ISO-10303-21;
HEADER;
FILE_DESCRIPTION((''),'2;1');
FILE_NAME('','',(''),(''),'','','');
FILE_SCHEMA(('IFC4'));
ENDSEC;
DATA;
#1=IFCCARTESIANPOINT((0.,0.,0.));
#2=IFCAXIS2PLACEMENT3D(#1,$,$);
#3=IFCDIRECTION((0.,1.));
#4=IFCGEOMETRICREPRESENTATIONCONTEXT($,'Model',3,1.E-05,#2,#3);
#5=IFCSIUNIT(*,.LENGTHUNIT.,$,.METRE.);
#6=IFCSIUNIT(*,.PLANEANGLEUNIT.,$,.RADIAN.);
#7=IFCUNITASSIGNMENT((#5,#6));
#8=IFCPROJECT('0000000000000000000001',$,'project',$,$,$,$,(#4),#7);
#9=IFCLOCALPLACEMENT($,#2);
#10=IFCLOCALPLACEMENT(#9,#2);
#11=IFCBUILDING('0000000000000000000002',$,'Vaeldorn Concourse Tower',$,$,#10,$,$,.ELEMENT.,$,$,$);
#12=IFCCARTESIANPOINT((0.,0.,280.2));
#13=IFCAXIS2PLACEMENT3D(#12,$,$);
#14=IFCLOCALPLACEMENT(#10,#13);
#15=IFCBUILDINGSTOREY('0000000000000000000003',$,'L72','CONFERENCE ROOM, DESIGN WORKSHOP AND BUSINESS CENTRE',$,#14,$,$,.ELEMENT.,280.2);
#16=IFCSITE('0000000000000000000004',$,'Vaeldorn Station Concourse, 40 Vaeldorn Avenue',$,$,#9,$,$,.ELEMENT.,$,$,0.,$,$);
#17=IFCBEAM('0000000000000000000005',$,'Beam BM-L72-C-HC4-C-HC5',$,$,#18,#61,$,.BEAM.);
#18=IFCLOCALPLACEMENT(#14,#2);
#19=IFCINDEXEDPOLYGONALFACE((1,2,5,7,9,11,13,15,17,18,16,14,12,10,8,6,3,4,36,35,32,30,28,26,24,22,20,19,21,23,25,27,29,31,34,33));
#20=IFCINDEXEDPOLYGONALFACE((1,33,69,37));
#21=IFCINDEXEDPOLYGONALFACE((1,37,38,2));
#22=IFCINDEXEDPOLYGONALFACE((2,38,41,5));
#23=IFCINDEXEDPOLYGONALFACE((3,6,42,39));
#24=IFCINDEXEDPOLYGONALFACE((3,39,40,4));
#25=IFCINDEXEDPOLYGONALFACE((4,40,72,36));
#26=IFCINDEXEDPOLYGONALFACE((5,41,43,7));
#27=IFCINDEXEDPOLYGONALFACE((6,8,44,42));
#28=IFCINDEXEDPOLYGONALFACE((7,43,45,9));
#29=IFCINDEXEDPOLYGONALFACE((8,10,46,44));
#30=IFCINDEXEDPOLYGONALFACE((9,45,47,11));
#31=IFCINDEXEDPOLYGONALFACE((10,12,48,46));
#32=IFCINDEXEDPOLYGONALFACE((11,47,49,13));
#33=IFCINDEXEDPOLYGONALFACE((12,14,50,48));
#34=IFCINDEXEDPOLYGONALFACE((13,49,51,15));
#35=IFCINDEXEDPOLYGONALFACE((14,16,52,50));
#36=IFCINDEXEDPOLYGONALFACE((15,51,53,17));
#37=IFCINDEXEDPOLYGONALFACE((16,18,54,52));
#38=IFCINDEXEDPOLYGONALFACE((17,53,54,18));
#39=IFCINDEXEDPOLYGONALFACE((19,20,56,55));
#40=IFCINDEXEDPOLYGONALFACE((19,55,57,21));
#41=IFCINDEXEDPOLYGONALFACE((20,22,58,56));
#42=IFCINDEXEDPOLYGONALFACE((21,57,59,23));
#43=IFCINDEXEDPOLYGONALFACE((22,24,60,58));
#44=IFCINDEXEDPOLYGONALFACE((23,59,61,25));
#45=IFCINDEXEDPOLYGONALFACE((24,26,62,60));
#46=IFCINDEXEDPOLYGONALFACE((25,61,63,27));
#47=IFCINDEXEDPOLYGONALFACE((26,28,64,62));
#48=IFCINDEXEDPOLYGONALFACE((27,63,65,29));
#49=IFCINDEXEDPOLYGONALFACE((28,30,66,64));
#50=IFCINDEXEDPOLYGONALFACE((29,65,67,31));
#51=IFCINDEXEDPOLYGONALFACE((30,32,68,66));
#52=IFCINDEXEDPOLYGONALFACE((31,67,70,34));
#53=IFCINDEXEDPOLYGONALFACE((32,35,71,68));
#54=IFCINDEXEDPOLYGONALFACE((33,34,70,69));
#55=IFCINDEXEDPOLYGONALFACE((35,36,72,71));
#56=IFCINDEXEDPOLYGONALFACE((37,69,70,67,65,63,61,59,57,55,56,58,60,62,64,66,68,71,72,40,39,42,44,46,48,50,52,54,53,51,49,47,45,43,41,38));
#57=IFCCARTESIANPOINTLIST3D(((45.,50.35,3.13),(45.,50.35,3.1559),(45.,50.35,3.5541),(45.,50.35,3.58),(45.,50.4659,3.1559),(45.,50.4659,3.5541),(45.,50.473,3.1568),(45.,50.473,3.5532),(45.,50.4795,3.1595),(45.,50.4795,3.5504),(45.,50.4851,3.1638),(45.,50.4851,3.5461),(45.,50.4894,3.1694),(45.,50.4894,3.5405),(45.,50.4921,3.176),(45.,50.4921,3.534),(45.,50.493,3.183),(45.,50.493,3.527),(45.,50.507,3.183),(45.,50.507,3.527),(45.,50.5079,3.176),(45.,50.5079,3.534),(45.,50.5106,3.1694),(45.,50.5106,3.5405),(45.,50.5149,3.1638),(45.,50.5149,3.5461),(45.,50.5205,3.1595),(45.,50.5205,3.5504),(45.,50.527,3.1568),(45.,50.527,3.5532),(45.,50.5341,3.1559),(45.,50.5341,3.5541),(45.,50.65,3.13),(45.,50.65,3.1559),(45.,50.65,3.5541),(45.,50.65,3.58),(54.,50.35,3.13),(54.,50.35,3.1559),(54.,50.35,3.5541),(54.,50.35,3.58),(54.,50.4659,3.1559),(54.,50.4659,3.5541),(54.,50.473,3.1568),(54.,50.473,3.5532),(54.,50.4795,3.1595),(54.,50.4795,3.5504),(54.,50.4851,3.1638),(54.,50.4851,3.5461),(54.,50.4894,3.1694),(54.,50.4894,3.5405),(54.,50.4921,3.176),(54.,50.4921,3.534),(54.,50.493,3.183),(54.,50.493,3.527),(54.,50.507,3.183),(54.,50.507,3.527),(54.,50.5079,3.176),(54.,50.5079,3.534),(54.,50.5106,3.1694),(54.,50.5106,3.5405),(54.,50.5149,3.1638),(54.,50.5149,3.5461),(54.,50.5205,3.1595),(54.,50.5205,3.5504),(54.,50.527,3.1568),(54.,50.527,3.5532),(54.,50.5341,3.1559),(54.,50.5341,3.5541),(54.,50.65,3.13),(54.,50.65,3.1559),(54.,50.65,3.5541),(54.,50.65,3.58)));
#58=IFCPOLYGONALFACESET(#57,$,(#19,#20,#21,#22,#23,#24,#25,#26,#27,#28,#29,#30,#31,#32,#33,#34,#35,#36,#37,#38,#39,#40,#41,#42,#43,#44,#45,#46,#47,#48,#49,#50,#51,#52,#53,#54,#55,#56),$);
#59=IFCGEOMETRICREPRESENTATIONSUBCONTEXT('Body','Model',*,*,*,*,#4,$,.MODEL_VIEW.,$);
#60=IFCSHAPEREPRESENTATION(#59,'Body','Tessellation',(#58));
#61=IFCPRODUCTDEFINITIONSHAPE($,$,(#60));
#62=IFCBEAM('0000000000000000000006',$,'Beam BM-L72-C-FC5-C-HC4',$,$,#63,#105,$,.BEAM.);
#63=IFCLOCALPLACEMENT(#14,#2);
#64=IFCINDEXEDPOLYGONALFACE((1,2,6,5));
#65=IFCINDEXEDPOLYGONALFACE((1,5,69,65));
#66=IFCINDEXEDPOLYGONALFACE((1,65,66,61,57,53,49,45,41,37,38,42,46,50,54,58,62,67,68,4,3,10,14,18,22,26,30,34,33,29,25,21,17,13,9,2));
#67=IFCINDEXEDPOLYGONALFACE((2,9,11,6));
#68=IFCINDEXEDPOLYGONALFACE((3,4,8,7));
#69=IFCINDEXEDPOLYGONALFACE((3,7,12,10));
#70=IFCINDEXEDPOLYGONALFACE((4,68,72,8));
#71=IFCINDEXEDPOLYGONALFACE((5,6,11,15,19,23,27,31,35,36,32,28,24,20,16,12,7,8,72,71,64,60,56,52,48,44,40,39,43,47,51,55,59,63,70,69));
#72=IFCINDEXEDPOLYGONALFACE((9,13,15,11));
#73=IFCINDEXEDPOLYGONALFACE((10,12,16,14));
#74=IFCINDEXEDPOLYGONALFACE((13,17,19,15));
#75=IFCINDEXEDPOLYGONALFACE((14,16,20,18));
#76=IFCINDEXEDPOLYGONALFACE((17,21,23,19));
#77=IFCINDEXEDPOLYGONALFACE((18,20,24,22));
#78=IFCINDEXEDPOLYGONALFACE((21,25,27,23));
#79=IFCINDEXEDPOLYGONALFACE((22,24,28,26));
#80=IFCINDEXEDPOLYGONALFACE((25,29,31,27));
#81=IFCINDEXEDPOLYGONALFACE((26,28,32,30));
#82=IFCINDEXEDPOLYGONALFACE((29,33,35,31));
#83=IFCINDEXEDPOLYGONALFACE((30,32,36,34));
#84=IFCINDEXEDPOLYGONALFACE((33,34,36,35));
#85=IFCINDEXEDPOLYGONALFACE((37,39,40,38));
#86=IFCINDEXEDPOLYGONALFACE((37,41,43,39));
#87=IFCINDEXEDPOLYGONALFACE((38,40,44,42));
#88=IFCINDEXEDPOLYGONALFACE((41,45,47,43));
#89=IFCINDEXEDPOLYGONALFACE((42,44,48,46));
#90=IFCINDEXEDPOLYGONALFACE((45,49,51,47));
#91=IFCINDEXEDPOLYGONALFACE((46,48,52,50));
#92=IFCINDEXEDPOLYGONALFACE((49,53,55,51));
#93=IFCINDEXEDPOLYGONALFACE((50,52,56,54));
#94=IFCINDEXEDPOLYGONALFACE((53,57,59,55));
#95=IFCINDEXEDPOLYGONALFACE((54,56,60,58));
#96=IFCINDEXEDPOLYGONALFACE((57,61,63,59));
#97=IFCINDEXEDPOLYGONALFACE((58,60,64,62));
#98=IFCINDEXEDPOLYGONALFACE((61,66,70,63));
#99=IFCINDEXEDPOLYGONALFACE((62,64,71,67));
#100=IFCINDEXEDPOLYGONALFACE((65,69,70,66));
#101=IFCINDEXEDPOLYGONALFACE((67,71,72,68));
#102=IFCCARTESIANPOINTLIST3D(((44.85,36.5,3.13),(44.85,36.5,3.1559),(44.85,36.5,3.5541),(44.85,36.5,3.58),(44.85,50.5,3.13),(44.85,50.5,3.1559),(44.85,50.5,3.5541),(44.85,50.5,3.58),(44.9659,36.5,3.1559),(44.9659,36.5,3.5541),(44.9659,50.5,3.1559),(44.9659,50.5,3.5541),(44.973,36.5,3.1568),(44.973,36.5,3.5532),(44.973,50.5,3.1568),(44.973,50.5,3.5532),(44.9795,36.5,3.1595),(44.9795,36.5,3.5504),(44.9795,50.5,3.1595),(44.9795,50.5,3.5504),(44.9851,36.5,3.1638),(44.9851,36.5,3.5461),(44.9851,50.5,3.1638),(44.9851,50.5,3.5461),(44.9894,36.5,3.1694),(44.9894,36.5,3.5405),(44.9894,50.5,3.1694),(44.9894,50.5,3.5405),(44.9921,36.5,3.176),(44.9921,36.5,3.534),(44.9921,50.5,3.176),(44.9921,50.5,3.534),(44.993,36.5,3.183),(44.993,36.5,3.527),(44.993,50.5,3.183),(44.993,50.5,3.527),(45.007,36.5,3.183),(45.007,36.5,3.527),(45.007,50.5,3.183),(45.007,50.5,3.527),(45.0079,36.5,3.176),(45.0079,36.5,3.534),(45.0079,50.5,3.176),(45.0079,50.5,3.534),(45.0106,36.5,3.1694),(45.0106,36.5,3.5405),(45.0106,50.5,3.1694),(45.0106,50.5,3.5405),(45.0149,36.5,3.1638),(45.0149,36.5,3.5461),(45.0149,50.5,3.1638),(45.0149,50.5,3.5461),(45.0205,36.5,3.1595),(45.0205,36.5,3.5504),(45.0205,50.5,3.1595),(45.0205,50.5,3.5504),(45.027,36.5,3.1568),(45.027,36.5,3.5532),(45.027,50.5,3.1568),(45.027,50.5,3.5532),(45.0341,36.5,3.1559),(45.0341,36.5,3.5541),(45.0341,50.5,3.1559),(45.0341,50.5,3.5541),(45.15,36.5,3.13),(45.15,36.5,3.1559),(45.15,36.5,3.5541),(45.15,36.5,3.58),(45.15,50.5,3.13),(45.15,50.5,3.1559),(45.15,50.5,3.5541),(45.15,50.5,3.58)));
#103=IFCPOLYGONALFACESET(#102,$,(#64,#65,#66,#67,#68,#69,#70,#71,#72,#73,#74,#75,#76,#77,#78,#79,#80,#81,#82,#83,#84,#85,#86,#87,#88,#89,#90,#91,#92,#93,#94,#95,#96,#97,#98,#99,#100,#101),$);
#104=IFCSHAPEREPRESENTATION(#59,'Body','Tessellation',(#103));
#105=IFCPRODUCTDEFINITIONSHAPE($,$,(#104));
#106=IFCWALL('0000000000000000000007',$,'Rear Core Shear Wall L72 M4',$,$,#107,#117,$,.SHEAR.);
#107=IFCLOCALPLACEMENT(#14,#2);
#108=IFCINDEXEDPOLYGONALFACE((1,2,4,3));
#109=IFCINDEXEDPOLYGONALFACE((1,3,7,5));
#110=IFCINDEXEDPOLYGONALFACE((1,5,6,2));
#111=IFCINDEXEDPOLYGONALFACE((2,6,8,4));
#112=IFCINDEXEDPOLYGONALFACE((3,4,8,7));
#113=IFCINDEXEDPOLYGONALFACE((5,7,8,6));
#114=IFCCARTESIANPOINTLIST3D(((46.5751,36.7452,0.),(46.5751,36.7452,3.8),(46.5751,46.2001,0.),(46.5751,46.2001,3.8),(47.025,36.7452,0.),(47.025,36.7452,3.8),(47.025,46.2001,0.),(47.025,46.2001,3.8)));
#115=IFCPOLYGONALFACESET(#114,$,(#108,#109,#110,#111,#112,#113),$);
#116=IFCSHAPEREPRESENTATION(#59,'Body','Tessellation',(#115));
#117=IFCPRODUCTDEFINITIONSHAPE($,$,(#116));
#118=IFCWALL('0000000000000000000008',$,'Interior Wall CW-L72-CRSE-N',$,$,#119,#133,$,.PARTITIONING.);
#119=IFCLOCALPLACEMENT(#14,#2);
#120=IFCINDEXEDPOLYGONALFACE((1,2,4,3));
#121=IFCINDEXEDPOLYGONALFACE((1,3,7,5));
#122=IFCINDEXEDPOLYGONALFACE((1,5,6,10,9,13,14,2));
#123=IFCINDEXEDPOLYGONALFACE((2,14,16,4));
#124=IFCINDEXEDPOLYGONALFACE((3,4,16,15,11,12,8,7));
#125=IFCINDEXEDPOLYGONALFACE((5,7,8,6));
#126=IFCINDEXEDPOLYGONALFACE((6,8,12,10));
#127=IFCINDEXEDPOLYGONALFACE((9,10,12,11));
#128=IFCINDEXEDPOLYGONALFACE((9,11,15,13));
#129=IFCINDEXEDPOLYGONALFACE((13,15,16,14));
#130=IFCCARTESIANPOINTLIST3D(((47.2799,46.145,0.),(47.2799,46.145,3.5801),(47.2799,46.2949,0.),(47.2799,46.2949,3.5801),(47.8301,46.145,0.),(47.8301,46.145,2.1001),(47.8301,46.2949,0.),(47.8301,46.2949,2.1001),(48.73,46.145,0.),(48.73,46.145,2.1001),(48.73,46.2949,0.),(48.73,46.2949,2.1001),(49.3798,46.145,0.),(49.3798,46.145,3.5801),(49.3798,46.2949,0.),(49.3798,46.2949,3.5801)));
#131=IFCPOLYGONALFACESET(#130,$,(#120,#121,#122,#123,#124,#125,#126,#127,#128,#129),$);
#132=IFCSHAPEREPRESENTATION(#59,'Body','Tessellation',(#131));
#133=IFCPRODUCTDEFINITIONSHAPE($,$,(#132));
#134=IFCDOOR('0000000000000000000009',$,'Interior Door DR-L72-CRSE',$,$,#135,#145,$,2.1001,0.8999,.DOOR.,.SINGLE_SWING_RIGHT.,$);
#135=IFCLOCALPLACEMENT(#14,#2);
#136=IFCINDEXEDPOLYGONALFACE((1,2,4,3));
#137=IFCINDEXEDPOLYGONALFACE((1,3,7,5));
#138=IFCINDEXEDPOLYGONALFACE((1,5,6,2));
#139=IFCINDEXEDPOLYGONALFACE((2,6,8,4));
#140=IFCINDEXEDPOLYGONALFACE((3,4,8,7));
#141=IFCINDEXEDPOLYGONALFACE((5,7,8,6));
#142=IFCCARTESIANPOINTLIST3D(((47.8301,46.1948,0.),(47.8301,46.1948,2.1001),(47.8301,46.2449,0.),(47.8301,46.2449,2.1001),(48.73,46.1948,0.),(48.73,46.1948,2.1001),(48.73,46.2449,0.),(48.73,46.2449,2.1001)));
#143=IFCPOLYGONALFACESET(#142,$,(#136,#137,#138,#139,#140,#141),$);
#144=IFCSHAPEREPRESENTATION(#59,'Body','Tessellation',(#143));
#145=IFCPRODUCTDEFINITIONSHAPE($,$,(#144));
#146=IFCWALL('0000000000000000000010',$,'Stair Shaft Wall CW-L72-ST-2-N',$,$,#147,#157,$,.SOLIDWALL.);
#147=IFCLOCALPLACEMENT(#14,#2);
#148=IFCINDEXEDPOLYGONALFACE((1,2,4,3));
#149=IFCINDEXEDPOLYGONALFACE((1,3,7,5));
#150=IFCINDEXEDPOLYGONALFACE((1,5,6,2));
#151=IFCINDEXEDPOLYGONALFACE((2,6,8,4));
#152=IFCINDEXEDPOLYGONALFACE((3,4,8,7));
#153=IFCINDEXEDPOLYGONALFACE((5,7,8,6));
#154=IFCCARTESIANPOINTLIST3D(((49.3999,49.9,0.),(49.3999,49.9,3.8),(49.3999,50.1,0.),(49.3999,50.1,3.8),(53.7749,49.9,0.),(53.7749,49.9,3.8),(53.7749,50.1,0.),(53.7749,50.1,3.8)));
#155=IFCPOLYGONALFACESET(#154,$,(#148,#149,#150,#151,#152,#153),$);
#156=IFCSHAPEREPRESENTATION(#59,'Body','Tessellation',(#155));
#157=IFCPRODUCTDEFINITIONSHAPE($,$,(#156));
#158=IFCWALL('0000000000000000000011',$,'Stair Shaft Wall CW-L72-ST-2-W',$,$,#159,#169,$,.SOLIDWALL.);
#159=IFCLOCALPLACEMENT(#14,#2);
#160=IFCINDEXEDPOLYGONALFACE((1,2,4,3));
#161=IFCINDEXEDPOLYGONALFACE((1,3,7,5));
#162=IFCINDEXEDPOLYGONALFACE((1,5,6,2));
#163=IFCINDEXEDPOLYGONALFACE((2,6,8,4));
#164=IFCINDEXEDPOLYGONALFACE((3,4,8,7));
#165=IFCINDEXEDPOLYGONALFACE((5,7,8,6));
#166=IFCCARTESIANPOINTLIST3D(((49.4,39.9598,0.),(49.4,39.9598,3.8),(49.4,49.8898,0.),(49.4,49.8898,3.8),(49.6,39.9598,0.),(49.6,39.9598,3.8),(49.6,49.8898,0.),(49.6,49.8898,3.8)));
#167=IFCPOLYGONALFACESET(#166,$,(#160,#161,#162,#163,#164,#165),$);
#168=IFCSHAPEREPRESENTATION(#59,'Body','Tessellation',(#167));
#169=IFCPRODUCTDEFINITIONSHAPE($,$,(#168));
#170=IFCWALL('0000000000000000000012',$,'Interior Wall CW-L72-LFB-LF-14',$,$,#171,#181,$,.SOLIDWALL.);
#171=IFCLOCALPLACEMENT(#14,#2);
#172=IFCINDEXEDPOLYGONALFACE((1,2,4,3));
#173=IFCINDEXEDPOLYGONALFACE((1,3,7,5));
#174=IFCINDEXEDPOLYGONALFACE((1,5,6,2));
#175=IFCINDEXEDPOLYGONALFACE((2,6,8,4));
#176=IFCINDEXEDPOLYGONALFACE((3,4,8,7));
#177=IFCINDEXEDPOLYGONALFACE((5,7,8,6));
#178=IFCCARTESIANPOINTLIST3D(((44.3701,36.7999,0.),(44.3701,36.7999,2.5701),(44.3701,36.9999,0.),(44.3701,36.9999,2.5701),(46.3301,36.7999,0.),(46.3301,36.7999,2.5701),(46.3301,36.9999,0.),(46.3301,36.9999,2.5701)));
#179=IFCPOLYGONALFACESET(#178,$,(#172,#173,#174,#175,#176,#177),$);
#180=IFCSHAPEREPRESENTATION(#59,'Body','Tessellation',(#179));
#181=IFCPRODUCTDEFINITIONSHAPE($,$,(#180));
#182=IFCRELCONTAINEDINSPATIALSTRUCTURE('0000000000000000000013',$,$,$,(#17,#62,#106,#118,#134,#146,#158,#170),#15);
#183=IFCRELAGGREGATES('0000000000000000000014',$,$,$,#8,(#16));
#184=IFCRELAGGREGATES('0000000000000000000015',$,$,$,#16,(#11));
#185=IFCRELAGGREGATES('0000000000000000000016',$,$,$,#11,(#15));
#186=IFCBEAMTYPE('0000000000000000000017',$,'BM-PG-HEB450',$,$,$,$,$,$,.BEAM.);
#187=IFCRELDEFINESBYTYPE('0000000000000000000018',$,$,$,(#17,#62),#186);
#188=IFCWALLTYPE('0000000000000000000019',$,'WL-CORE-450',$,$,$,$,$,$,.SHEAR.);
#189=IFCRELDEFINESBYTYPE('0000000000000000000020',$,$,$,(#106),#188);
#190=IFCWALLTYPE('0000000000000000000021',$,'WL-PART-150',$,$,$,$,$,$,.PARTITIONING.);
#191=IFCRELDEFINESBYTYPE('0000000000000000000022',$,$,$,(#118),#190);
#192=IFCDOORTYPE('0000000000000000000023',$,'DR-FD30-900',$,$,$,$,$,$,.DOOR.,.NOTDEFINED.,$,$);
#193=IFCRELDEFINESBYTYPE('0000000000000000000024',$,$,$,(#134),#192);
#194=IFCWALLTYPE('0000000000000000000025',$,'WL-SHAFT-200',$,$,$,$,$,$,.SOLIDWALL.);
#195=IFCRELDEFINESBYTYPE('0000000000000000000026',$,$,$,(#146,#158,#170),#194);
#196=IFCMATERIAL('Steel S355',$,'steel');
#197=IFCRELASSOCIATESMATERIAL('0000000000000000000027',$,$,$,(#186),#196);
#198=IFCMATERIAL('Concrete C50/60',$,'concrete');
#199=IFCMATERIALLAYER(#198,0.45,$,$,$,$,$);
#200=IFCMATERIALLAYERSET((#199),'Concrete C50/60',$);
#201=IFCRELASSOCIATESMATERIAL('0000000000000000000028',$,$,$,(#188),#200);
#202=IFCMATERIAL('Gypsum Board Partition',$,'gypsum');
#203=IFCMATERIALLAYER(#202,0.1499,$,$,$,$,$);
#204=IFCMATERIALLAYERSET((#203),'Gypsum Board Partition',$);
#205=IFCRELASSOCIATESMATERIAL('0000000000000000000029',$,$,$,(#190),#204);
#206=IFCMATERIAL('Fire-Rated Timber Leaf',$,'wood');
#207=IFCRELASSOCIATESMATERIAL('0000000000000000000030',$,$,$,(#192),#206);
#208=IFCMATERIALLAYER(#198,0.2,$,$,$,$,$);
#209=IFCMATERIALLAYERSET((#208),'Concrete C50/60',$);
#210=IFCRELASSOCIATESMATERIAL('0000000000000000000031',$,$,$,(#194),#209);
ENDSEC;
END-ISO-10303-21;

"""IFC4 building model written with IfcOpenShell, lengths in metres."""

from ifc_helpers import new_model, si_unit, direction, frame, frame_2d, origin, origin_2d, place, context, subcontext, project, spatial, rectangle, i_section, extrude, source, transform, mapped, material, layer, layer_set, material_profile, profile_set, type_object, element, fill, save


model = new_model("IFC4")

# Units and contexts
model_context = context("Model", 3, precision=1e-05, world=origin(), true_north=direction((0.0, 1.0)))
body_context = subcontext(model_context, "Body", "Model", "MODEL_VIEW")
ifc_project = project(units=[si_unit("LENGTHUNIT", "METRE"), si_unit("PLANEANGLEUNIT", "RADIAN")], contexts=[model_context])

# Site, building, storey
site_placement = place(None, origin())
site = spatial("IfcSite", under=ifc_project, at=site_placement, Name="Vaeldorn Station Concourse, 40 Vaeldorn Avenue", CompositionType="ELEMENT", RefElevation=0.0)
building_placement = place(site_placement, origin())
building = spatial("IfcBuilding", under=site, at=building_placement, Name="Vaeldorn Concourse Tower", CompositionType="ELEMENT")
storey_placement = place(building_placement, frame((0.0, 0.0, 280.2)))
storey = spatial("IfcBuildingStorey", under=building, at=storey_placement, Name="L72", Description="CONFERENCE ROOM, DESIGN WORKSHOP AND BUSINESS CENTRE", CompositionType="ELEMENT", Elevation=280.2)

# Shared definitions
ifc_material_1 = material(Name="Steel S355", Category="steel")

# Beams
ifc_material_2 = material(Name="Concrete C50/60", Category="concrete")
ifc_material_profile_1 = material_profile(ifc_material_1, i_section(OverallWidth=0.3, OverallDepth=0.45, WebThickness=0.0139, FlangeThickness=0.0259, FilletRadius=0.0271, at=origin_2d()), Name="HEB 450")
ifc_profile_set_1 = profile_set([ifc_material_profile_1], Name="Steel S355")
beam_type_1 = type_object("IfcBeamType", Name="BM-PG-HEB450", PredefinedType="BEAM", material=ifc_profile_set_1)
shared_shape_1 = source(origin(), body_context, "Body", "SweptSolid", [
    extrude(i_section(OverallWidth=0.3, OverallDepth=0.45, WebThickness=0.0139, FlangeThickness=0.0259, FilletRadius=0.0271, at=origin_2d()), origin(), (0.0, 0.0, 1.0), 9.0),
])
beam_1_placement = place(storey_placement, frame((45.0, 50.5, 3.355), z_axis=(1.0, 0.0, 0.0), x_axis=(0.0, 1.0, 0.0)))
element("IfcBeam", 1, at=beam_1_placement, inside=storey, type_object=beam_type_1, Name="Beam BM-L72-C-HC4-C-HC5", PredefinedType="BEAM", context=body_context, shape_type="MappedRepresentation", body=[
    mapped(shared_shape_1, transform((0.0, 0.0, 0.0), scale=1.0)),
])
shared_shape_2 = source(origin(), body_context, "Body", "SweptSolid", [
    extrude(i_section(OverallWidth=0.3, OverallDepth=0.45, WebThickness=0.0139, FlangeThickness=0.0259, FilletRadius=0.0271, at=origin_2d()), origin(), (0.0, 0.0, 1.0), 14.0),
])
beam_2_placement = place(storey_placement, frame((45.0, 36.5, 3.355), z_axis=(0.0, 1.0, 0.0), x_axis=(-1.0, 0.0, 0.0)))
element("IfcBeam", 2, at=beam_2_placement, inside=storey, type_object=beam_type_1, Name="Beam BM-L72-C-FC5-C-HC4", PredefinedType="BEAM", context=body_context, shape_type="MappedRepresentation", body=[
    mapped(shared_shape_2, transform((0.0, 0.0, 0.0), scale=1.0)),
])

# Wall
ifc_layer_1 = layer(ifc_material_2, 0.45)
ifc_layer_set_1 = layer_set([ifc_layer_1], Name="Concrete C50/60")
wall_type_1 = type_object("IfcWallType", Name="WL-CORE-450", PredefinedType="SHEAR", material=ifc_layer_set_1)
wall_1_placement = place(storey_placement, frame((46.8, 36.7451, 0.0), z_axis=(0.0, 0.0, 1.0), x_axis=(0.0, 1.0, 0.0)))
element("IfcWall", 3, at=wall_1_placement, inside=storey, type_object=wall_type_1, Name="Rear Core Shear Wall L72 M4", PredefinedType="SHEAR", context=body_context, shape_type="SweptSolid", body=[
    extrude(rectangle(XDim=9.4548, YDim=0.45, at=frame_2d((4.7275, 0.0))), origin(), (0.0, 0.0, 1.0), 3.8),
])

# Wall, opening, door
ifc_material_3 = material(Name="Gypsum Board Partition", Category="gypsum")
ifc_layer_2 = layer(ifc_material_3, 0.1499)
ifc_layer_set_2 = layer_set([ifc_layer_2], Name="Gypsum Board Partition")
wall_type_2 = type_object("IfcWallType", Name="WL-PART-150", PredefinedType="PARTITIONING", material=ifc_layer_set_2)
wall_2_placement = place(storey_placement, frame((47.28, 46.22, 0.0), z_axis=(0.0, 0.0, 1.0), x_axis=(1.0, 0.0, 0.0)))
wall_2 = element("IfcWall", 4, at=wall_2_placement, inside=storey, type_object=wall_type_2, Name="Interior Wall CW-L72-CRSE-N", PredefinedType="PARTITIONING", context=body_context, shape_type="SweptSolid", body=[
    extrude(rectangle(XDim=2.0999, YDim=0.1499, at=frame_2d((1.0498, 0.0))), origin(), (0.0, 0.0, 1.0), 3.5801),
])
opening_1_placement = place(wall_2_placement, frame((0.55, 0.0, 0.0)))
opening_1 = element("IfcOpeningElement", 5, at=opening_1_placement, cuts=wall_2, PredefinedType="OPENING", context=body_context, shape_type="SweptSolid", body=[
    extrude(rectangle(XDim=0.8999, YDim=2.1001, at=frame_2d((0.45, 1.05))), frame((0.0, 0.085, 0.0), z_axis=(0.0, -1.0, 0.0), x_axis=(1.0, 0.0, 0.0)), (0.0, 0.0, 1.0), 0.1699),
])
ifc_material_4 = material(Name="Fire-Rated Timber Leaf", Category="wood")
door_type_1 = type_object("IfcDoorType", Name="DR-FD30-900", OperationType="NOTDEFINED", PredefinedType="DOOR", material=ifc_material_4)
shared_shape_3 = source(origin(), body_context, "Body", "SweptSolid", [
    extrude(rectangle(XDim=0.8999, YDim=2.1001, at=frame_2d((0.45, 1.05))), frame((0.0, 0.0249, 0.0), z_axis=(0.0, -1.0, 0.0), x_axis=(1.0, 0.0, 0.0)), (0.0, 0.0, 1.0), 0.05),
])
door_1_placement = place(opening_1_placement, origin())
door_1 = element("IfcDoor", 6, at=door_1_placement, inside=storey, type_object=door_type_1, Name="Interior Door DR-L72-CRSE", OperationType="SINGLE_SWING_RIGHT", OverallHeight=2.1001, OverallWidth=0.8999, PredefinedType="DOOR", context=body_context, shape_type="MappedRepresentation", body=[
    mapped(shared_shape_3, transform((0.0, 0.0, 0.0), scale=1.0)),
])
fill(opening_1, door_1)
ifc_layer_3 = layer(ifc_material_2, 0.2)
ifc_layer_set_3 = layer_set([ifc_layer_3], Name="Concrete C50/60")
wall_type_3 = type_object("IfcWallType", Name="WL-SHAFT-200", PredefinedType="SOLIDWALL", material=ifc_layer_set_3)

# Walls
wall_3_placement = place(storey_placement, frame((49.3999, 50.0, 0.0), z_axis=(0.0, 0.0, 1.0), x_axis=(1.0, 0.0, 0.0)))
element("IfcWall", 7, at=wall_3_placement, inside=storey, type_object=wall_type_3, Name="Stair Shaft Wall CW-L72-ST-2-N", PredefinedType="SOLIDWALL", context=body_context, shape_type="SweptSolid", body=[
    extrude(rectangle(XDim=4.375, YDim=0.2, at=frame_2d((2.1875, 0.0))), origin(), (0.0, 0.0, 1.0), 3.8),
])
wall_4_placement = place(storey_placement, frame((49.5, 39.96, 0.0), z_axis=(0.0, 0.0, 1.0), x_axis=(0.0, 1.0, 0.0)))
element("IfcWall", 8, at=wall_4_placement, inside=storey, type_object=wall_type_3, Name="Stair Shaft Wall CW-L72-ST-2-W", PredefinedType="SOLIDWALL", context=body_context, shape_type="SweptSolid", body=[
    extrude(rectangle(XDim=9.9299, YDim=0.2, at=frame_2d((4.9648, 0.0))), origin(), (0.0, 0.0, 1.0), 3.8),
])

# Wall
wall_5_placement = place(storey_placement, frame((44.3701, 36.8999, 0.0), z_axis=(0.0, 0.0, 1.0), x_axis=(1.0, 0.0, 0.0)))
element("IfcWall", 9, at=wall_5_placement, inside=storey, type_object=wall_type_3, Name="Interior Wall CW-L72-LFB-LF-14", PredefinedType="SOLIDWALL", context=body_context, shape_type="SweptSolid", body=[
    extrude(rectangle(XDim=1.96, YDim=0.2, at=frame_2d((0.98, 0.0))), origin(), (0.0, 0.0, 1.0), 2.5701),
])

save(model, "model.ifc")
